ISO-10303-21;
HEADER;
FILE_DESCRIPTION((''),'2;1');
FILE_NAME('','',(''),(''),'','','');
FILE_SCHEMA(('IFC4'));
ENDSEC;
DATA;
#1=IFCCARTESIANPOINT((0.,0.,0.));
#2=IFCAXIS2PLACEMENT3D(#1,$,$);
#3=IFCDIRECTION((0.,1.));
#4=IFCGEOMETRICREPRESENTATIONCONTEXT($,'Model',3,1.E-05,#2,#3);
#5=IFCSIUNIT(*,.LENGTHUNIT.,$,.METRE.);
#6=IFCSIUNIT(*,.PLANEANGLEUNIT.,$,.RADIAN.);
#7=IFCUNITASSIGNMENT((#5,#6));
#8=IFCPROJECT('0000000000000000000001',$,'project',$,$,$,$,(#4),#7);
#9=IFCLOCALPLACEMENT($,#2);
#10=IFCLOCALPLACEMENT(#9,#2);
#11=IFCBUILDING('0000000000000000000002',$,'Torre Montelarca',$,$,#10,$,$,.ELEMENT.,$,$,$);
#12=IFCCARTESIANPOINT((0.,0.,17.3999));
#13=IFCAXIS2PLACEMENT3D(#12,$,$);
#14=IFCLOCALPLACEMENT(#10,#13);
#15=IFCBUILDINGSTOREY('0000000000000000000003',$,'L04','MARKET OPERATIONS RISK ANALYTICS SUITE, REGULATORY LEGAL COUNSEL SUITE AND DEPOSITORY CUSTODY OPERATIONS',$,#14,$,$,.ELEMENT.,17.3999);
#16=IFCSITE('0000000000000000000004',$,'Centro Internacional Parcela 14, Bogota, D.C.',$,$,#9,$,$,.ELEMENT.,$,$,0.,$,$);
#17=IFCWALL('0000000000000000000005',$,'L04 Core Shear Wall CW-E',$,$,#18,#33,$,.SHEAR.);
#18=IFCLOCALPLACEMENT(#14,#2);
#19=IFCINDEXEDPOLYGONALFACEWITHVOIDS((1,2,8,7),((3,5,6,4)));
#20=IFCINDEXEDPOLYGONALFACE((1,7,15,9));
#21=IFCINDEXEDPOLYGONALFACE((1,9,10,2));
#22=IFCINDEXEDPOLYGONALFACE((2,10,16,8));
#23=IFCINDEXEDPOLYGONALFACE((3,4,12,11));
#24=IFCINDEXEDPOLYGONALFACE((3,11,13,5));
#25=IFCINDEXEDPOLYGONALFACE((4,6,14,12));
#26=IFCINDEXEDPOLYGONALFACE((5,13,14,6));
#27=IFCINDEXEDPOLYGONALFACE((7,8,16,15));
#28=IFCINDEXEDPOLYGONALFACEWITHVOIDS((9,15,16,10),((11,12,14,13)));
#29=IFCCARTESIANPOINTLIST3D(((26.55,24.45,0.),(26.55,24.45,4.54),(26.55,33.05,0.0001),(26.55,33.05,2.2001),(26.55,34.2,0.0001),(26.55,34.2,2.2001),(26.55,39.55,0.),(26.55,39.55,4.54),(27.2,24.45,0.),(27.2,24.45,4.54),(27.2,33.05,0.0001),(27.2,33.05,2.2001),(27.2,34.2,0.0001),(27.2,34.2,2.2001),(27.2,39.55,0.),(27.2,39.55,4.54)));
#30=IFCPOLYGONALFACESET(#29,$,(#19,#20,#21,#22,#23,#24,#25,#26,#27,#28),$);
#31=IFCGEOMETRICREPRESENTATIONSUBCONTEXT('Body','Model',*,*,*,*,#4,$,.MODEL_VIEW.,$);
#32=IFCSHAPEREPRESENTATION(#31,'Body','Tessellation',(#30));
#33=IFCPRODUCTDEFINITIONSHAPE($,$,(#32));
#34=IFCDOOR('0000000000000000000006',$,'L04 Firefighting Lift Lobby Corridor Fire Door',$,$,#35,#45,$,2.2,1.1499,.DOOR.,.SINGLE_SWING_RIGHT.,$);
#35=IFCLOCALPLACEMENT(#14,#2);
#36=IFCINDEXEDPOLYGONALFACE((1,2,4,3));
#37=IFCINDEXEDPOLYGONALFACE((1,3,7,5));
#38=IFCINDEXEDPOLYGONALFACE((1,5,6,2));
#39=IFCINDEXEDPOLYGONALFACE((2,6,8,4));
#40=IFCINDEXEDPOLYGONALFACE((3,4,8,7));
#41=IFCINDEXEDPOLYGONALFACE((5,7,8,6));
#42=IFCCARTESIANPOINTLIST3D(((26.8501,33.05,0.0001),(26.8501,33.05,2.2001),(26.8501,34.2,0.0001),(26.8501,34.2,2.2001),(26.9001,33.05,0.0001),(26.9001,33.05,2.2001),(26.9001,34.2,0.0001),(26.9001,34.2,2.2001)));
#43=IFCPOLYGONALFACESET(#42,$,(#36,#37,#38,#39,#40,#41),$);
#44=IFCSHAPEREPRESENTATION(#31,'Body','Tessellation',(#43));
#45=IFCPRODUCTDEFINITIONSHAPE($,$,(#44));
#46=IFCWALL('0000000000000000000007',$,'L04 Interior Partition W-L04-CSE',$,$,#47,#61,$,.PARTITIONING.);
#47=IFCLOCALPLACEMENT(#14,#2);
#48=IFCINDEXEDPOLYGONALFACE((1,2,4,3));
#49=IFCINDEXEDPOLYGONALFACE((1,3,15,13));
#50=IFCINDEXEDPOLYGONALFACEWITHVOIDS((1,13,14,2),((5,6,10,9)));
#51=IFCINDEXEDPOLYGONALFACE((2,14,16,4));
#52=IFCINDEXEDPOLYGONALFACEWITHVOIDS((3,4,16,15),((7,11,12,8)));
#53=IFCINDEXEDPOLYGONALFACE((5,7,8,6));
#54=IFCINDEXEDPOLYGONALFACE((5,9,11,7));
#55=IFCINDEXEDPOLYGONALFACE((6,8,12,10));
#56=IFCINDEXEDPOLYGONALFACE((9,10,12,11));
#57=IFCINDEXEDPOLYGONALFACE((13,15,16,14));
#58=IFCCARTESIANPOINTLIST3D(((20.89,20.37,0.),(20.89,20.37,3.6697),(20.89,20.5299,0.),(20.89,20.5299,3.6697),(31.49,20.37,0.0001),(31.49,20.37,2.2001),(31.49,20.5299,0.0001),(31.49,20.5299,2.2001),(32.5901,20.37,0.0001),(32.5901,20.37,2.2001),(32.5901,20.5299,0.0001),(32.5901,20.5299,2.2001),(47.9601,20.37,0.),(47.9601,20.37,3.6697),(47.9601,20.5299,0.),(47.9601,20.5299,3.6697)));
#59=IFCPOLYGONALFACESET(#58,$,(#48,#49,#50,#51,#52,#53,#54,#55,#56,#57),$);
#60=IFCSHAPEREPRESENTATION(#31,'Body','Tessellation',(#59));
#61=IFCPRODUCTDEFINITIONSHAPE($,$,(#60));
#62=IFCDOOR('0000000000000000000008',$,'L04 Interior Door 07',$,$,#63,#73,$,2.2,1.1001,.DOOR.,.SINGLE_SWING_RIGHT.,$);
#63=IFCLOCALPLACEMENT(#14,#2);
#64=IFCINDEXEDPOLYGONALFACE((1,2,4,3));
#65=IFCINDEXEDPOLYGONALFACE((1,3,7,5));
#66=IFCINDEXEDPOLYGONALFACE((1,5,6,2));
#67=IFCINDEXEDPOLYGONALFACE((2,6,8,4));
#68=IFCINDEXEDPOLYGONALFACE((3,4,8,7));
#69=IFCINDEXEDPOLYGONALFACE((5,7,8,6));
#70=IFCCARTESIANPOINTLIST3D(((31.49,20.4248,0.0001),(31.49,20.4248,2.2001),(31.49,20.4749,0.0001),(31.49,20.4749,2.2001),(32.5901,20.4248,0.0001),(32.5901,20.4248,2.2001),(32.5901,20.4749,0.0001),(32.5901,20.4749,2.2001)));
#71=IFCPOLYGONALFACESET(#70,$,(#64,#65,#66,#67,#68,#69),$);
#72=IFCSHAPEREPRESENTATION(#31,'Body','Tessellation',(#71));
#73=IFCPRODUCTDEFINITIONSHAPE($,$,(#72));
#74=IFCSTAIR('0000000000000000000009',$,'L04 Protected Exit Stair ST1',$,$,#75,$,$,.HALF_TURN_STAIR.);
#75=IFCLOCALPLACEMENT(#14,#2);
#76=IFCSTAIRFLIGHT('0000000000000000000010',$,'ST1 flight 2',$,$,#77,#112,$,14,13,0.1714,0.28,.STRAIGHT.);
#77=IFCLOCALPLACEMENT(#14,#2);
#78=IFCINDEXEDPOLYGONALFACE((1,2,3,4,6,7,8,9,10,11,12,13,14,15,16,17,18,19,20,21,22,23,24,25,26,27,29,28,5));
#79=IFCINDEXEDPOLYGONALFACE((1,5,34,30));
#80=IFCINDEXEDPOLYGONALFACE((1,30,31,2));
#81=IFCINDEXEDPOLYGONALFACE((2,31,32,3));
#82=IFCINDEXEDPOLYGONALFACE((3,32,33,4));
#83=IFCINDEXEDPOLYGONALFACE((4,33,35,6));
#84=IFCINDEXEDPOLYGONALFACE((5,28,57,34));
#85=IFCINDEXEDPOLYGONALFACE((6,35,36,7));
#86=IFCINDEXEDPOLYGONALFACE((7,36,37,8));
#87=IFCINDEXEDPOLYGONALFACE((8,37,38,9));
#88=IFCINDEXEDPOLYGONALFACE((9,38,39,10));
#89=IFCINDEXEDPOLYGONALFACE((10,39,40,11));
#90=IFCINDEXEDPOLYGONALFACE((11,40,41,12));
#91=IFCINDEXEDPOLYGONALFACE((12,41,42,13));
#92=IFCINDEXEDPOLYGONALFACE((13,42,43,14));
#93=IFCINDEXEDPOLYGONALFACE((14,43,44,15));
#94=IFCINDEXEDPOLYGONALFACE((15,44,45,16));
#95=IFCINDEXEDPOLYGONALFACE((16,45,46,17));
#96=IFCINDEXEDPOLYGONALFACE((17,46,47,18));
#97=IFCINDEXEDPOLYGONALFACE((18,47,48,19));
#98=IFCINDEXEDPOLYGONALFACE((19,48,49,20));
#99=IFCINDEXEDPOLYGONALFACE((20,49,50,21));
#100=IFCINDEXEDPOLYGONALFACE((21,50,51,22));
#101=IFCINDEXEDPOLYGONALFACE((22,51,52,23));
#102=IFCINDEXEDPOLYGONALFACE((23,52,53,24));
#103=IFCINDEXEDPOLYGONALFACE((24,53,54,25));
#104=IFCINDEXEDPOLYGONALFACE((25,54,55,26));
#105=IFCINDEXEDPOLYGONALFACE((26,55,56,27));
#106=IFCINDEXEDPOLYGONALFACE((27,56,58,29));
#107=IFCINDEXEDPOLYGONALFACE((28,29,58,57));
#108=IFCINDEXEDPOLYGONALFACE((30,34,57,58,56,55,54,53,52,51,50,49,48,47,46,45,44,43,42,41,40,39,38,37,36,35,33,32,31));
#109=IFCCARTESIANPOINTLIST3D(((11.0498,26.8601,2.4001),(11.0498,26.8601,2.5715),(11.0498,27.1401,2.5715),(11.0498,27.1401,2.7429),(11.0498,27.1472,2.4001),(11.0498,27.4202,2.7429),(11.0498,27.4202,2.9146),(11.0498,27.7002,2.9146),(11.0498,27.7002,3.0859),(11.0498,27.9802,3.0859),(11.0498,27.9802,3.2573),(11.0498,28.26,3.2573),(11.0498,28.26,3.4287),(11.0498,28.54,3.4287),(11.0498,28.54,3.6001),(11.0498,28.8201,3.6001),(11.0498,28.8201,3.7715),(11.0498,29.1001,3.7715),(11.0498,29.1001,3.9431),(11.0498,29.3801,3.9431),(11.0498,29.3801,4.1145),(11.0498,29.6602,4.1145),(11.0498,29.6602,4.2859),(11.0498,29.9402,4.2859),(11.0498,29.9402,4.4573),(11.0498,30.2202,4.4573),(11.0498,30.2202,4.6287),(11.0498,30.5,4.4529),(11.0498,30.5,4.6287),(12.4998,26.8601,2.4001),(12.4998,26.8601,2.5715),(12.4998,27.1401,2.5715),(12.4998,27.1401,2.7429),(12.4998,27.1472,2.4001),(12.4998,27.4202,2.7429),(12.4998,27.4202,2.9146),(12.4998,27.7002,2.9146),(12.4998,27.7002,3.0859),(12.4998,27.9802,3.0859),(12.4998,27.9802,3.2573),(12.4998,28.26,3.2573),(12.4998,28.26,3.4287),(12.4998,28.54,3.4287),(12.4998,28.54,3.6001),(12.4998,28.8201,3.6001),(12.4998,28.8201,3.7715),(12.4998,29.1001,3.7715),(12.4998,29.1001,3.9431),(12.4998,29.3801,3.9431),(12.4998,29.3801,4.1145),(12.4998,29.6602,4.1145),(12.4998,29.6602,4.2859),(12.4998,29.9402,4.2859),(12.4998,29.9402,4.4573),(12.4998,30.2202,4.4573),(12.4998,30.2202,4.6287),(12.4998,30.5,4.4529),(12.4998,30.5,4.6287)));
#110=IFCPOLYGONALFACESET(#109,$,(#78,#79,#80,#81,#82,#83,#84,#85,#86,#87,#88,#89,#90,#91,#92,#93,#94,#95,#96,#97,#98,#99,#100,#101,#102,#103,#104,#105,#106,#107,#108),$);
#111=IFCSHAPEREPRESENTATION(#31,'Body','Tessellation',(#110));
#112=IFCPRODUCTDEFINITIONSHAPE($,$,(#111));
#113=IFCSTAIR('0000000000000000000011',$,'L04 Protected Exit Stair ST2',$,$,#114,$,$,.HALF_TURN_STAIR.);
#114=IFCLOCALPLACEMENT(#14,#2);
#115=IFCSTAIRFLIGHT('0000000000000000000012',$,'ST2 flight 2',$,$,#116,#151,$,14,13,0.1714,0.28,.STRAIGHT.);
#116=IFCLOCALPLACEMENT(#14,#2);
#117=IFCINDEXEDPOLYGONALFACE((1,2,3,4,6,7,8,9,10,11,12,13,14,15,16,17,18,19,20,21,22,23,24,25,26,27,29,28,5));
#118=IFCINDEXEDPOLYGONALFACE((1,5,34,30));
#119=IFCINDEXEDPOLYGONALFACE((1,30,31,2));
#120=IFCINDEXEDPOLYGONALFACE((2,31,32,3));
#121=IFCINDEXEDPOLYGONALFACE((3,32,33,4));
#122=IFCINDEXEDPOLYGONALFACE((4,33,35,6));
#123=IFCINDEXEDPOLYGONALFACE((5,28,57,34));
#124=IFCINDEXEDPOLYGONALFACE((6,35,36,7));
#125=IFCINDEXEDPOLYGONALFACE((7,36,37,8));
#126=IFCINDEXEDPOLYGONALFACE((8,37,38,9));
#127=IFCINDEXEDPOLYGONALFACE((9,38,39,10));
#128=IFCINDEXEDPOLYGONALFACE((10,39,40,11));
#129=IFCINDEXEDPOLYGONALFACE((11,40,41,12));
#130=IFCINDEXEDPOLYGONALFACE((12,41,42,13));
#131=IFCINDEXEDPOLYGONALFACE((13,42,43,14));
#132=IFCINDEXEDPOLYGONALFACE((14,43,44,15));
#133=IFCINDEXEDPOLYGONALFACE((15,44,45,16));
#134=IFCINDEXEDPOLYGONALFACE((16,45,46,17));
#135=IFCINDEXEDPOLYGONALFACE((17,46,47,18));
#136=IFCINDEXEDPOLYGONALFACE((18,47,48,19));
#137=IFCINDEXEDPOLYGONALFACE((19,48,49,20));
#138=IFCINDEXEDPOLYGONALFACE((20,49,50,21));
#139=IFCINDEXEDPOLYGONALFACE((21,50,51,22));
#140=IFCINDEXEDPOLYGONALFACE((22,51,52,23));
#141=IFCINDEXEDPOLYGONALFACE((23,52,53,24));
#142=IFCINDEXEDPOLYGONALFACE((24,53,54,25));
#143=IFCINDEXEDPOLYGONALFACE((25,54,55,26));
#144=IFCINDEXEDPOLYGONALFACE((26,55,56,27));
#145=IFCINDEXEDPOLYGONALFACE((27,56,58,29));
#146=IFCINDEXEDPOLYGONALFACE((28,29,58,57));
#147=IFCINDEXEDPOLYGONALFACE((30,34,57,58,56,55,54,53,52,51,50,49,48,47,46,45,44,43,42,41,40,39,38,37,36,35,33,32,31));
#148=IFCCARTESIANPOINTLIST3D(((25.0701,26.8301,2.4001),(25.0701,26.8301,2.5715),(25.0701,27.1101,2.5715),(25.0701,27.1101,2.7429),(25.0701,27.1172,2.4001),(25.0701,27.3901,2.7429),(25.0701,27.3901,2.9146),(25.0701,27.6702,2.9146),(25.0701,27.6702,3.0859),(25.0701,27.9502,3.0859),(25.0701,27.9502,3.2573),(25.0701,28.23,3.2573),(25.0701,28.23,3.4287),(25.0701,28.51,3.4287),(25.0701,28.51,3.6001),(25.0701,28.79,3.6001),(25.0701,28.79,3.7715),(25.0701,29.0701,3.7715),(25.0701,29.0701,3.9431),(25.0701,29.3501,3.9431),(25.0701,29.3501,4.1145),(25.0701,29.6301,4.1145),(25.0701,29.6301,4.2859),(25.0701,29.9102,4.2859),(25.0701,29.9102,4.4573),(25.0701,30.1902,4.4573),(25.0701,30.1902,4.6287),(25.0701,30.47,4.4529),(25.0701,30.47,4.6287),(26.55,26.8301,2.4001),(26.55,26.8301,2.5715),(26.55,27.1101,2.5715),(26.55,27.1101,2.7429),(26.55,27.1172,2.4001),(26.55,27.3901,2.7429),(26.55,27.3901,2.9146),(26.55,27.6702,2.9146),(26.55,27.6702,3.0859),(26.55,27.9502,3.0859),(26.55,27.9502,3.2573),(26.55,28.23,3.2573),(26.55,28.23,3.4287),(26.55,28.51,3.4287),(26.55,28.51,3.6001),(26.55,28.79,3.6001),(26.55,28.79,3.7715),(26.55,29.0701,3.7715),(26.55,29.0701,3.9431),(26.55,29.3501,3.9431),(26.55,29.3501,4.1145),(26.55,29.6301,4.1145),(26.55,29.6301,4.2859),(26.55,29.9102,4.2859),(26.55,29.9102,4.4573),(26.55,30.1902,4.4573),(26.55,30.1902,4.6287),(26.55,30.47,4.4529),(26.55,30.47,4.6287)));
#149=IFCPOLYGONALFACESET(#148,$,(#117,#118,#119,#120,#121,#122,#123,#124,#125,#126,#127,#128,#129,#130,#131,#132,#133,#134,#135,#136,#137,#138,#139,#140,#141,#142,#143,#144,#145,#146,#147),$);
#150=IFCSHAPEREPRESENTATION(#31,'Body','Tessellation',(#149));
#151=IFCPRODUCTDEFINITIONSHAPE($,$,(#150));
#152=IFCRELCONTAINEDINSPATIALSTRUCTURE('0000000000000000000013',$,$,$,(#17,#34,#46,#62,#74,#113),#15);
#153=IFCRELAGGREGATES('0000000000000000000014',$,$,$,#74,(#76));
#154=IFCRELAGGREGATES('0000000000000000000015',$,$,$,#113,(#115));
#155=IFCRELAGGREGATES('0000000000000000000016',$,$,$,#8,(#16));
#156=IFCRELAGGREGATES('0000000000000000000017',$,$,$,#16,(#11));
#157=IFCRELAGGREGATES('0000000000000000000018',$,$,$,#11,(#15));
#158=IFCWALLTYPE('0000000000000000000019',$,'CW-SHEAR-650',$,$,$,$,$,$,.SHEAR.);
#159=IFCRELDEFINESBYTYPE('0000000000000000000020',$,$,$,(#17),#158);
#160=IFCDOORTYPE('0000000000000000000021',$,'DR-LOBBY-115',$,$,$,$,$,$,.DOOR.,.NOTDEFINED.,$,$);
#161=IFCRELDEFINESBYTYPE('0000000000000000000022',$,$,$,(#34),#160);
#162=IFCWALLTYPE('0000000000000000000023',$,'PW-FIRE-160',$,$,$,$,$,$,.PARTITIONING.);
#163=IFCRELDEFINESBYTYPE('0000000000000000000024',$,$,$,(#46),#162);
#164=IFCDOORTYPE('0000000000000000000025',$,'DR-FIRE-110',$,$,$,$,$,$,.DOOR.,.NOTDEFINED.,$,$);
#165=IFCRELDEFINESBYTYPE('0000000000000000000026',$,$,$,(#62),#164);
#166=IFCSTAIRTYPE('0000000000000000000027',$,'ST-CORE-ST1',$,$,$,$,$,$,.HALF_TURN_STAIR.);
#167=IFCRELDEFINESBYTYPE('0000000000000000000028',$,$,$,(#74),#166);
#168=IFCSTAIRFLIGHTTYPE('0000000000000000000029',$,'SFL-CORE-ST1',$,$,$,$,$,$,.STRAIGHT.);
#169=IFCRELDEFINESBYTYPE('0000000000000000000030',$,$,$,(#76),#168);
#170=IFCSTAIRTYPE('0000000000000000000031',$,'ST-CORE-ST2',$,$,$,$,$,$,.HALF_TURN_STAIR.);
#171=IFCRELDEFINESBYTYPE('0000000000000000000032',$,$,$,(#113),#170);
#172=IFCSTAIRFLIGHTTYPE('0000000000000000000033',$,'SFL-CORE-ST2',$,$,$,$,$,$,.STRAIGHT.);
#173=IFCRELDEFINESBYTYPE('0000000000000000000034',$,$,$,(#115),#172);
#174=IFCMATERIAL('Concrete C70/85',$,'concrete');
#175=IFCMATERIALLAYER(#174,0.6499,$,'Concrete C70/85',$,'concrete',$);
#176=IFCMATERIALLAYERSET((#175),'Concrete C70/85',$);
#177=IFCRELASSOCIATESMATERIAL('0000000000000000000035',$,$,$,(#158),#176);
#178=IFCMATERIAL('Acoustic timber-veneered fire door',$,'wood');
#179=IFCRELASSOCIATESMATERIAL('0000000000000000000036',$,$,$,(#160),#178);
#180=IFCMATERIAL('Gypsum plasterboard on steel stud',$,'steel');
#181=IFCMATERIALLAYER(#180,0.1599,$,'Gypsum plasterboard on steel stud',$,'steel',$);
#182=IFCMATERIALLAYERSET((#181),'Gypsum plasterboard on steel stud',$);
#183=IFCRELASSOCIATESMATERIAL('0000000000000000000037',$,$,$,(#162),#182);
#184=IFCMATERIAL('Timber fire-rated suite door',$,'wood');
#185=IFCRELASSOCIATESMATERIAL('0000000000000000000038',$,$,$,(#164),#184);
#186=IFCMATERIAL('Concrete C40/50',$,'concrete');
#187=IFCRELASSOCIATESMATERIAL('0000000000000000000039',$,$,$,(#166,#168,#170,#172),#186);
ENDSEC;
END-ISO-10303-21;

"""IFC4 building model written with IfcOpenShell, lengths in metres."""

from ifc_helpers import new_model, si_unit, direction, frame, frame_2d, origin, place, context, subcontext, project, spatial, polyline, rectangle, outline, extrude, source, transform, mapped, material, layer, layer_set, type_object, element, fill, aggregate, save


model = new_model("IFC4")

# Units and contexts
model_context = context("Model", 3, precision=1e-05, world=origin(), true_north=direction((0.0, 1.0)))
body_context = subcontext(model_context, "Body", "Model", "MODEL_VIEW")
ifc_project = project(units=[si_unit("LENGTHUNIT", "METRE"), si_unit("PLANEANGLEUNIT", "RADIAN")], contexts=[model_context])

# Site, building, storey
site_placement = place(None, origin())
site = spatial("IfcSite", under=ifc_project, at=site_placement, Name="Centro Internacional Parcela 14, Bogota, D.C.", CompositionType="ELEMENT", RefElevation=0.0)
building_placement = place(site_placement, origin())
building = spatial("IfcBuilding", under=site, at=building_placement, Name="Torre Montelarca", CompositionType="ELEMENT")
storey_placement = place(building_placement, frame((0.0, 0.0, 17.3999)))
storey = spatial("IfcBuildingStorey", under=building, at=storey_placement, Name="L04", Description="MARKET OPERATIONS RISK ANALYTICS SUITE, REGULATORY LEGAL COUNSEL SUITE AND DEPOSITORY CUSTODY OPERATIONS", CompositionType="ELEMENT", Elevation=17.3999)

# Shared definitions
ifc_material_1 = material(Name="Concrete C70/85", Category="concrete")

# Shared definitions
ifc_material_2 = material(Name="Concrete C40/50", Category="concrete")

# Walls, openings, doors
ifc_layer_1 = layer(ifc_material_1, 0.6499, Name="Concrete C70/85", Category="concrete")
ifc_layer_set_1 = layer_set([ifc_layer_1], Name="Concrete C70/85")
wall_type_1 = type_object("IfcWallType", Name="CW-SHEAR-650", PredefinedType="SHEAR", material=ifc_layer_set_1)
wall_1_placement = place(storey_placement, frame((26.875, 24.45, 0.0), z_axis=(0.0, 0.0, 1.0), x_axis=(0.0, 1.0, 0.0)))
wall_1 = element("IfcWall", 1, at=wall_1_placement, inside=storey, type_object=wall_type_1, Name="L04 Core Shear Wall CW-E", PredefinedType="SHEAR", context=body_context, shape_type="SweptSolid", body=[
    extrude(rectangle(XDim=15.1001, YDim=0.6499, at=frame_2d((7.55, 0.0))), origin(), (0.0, 0.0, 1.0), 4.54),
])
opening_1_placement = place(wall_1_placement, frame((8.6001, 0.0, 0.0)))
opening_1 = element("IfcOpeningElement", 2, at=opening_1_placement, cuts=wall_1, PredefinedType="OPENING", context=body_context, shape_type="SweptSolid", body=[
    extrude(rectangle(XDim=1.1499, YDim=2.2, at=frame_2d((0.575, 1.1001))), frame((0.0, 0.335, 0.0), z_axis=(0.0, -1.0, 0.0), x_axis=(1.0, 0.0, 0.0)), (0.0, 0.0, 1.0), 0.6699),
])
ifc_material_3 = material(Name="Acoustic timber-veneered fire door", Category="wood")
door_type_1 = type_object("IfcDoorType", Name="DR-LOBBY-115", OperationType="NOTDEFINED", PredefinedType="DOOR", material=ifc_material_3)
shared_shape_1 = source(origin(), body_context, "Body", "SweptSolid", [
    extrude(rectangle(XDim=1.1499, YDim=2.2, at=frame_2d((0.575, 1.1001))), frame((0.0, 0.0249, 0.0), z_axis=(0.0, -1.0, 0.0), x_axis=(1.0, 0.0, 0.0)), (0.0, 0.0, 1.0), 0.05),
])
door_1_placement = place(opening_1_placement, origin())
door_1 = element("IfcDoor", 3, at=door_1_placement, inside=storey, type_object=door_type_1, Name="L04 Firefighting Lift Lobby Corridor Fire Door", OperationType="SINGLE_SWING_RIGHT", OverallHeight=2.2, OverallWidth=1.1499, PredefinedType="DOOR", context=body_context, shape_type="MappedRepresentation", body=[
    mapped(shared_shape_1, transform((0.0, 0.0, 0.0), scale=1.0)),
])
fill(opening_1, door_1)
ifc_material_4 = material(Name="Gypsum plasterboard on steel stud", Category="steel")
ifc_layer_2 = layer(ifc_material_4, 0.1599, Name="Gypsum plasterboard on steel stud", Category="steel")
ifc_layer_set_2 = layer_set([ifc_layer_2], Name="Gypsum plasterboard on steel stud")
wall_type_2 = type_object("IfcWallType", Name="PW-FIRE-160", PredefinedType="PARTITIONING", material=ifc_layer_set_2)
wall_2_placement = place(storey_placement, frame((20.8899, 20.45, 0.0), z_axis=(0.0, 0.0, 1.0), x_axis=(1.0, 0.0, 0.0)))
wall_2 = element("IfcWall", 4, at=wall_2_placement, inside=storey, type_object=wall_type_2, Name="L04 Interior Partition W-L04-CSE", PredefinedType="PARTITIONING", context=body_context, shape_type="SweptSolid", body=[
    extrude(rectangle(XDim=27.0701, YDim=0.1599, at=frame_2d((13.5352, 0.0))), origin(), (0.0, 0.0, 1.0), 3.6697),
])
opening_2_placement = place(wall_2_placement, frame((10.6001, 0.0, 0.0)))
opening_2 = element("IfcOpeningElement", 5, at=opening_2_placement, cuts=wall_2, PredefinedType="OPENING", context=body_context, shape_type="SweptSolid", body=[
    extrude(rectangle(XDim=1.1001, YDim=2.2, at=frame_2d((0.55, 1.1001))), frame((0.0, 0.0898, 0.0), z_axis=(0.0, -1.0, 0.0), x_axis=(1.0, 0.0, 0.0)), (0.0, 0.0, 1.0), 0.1799),
])
ifc_material_5 = material(Name="Timber fire-rated suite door", Category="wood")
door_type_2 = type_object("IfcDoorType", Name="DR-FIRE-110", OperationType="NOTDEFINED", PredefinedType="DOOR", material=ifc_material_5)
shared_shape_2 = source(origin(), body_context, "Body", "SweptSolid", [
    extrude(rectangle(XDim=1.1001, YDim=2.2, at=frame_2d((0.55, 1.1001))), frame((0.0, 0.0249, 0.0), z_axis=(0.0, -1.0, 0.0), x_axis=(1.0, 0.0, 0.0)), (0.0, 0.0, 1.0), 0.05),
])
door_2_placement = place(opening_2_placement, origin())
door_2 = element("IfcDoor", 6, at=door_2_placement, inside=storey, type_object=door_type_2, Name="L04 Interior Door 07", OperationType="SINGLE_SWING_RIGHT", OverallHeight=2.2, OverallWidth=1.1001, PredefinedType="DOOR", context=body_context, shape_type="MappedRepresentation", body=[
    mapped(shared_shape_2, transform((0.0, 0.0, 0.0), scale=1.0)),
])
fill(opening_2, door_2)

# Stairs, stair flights
stair_type_1 = type_object("IfcStairType", Name="ST-CORE-ST1", PredefinedType="HALF_TURN_STAIR", material=ifc_material_2)
stair_1_placement = place(storey_placement, origin())
stair_1 = element("IfcStair", 7, at=stair_1_placement, inside=storey, type_object=stair_type_1, Name="L04 Protected Exit Stair ST1", PredefinedType="HALF_TURN_STAIR")
stair_flight_type_1 = type_object("IfcStairFlightType", Name="SFL-CORE-ST1", PredefinedType="STRAIGHT", material=ifc_material_2)
stair_flight_1_placement = place(storey_placement, frame((11.7749, 26.8601, 2.4001), z_axis=(0.0, 0.0, 1.0), x_axis=(0.0, 1.0, 0.0)))
stair_flight_1 = element("IfcStairFlight", 8, at=stair_flight_1_placement, type_object=stair_flight_type_1, Name="ST1 flight 2", NumberOfRisers=14, NumberOfTreads=13, PredefinedType="STRAIGHT", RiserHeight=0.1714, TreadLength=0.28, context=body_context, shape_type="SweptSolid", body=[
    extrude(outline(polyline([(0.0, 0.0), (0.0, 0.1714), (0.28, 0.1714), (0.28, 0.3428), (0.5601, 0.3428), (0.5601, 0.5144), (0.8401, 0.5144), (0.8401, 0.6858), (1.1201, 0.6858), (1.1201, 0.8572), (1.3999, 0.8572), (1.3999, 1.0286), (1.6799, 1.0286), (1.6799, 1.2), (1.96, 1.2), (1.96, 1.3713), (2.24, 1.3713), (2.24, 1.543), (2.52, 1.543), (2.52, 1.7144), (2.8, 1.7144), (2.8, 1.8857), (3.0801, 1.8857), (3.0801, 2.0571), (3.3601, 2.0571), (3.3601, 2.2285), (3.6399, 2.2285), (3.6399, 2.3999), (3.6399, 2.0527), (0.2871, 0.0), (0.0, 0.0)])), frame((0.0, 0.7251, 0.0), z_axis=(0.0, -1.0, 0.0), x_axis=(1.0, 0.0, 0.0)), (0.0, 0.0, 1.0), 1.45),
])
aggregate(stair_1, [stair_flight_1])
stair_type_2 = type_object("IfcStairType", Name="ST-CORE-ST2", PredefinedType="HALF_TURN_STAIR", material=ifc_material_2)
stair_2_placement = place(storey_placement, origin())
stair_2 = element("IfcStair", 9, at=stair_2_placement, inside=storey, type_object=stair_type_2, Name="L04 Protected Exit Stair ST2", PredefinedType="HALF_TURN_STAIR")
stair_flight_type_2 = type_object("IfcStairFlightType", Name="SFL-CORE-ST2", PredefinedType="STRAIGHT", material=ifc_material_2)
stair_flight_2_placement = place(storey_placement, frame((25.8101, 26.8301, 2.4001), z_axis=(0.0, 0.0, 1.0), x_axis=(0.0, 1.0, 0.0)))
stair_flight_2 = element("IfcStairFlight", 10, at=stair_flight_2_placement, type_object=stair_flight_type_2, Name="ST2 flight 2", NumberOfRisers=14, NumberOfTreads=13, PredefinedType="STRAIGHT", RiserHeight=0.1714, TreadLength=0.28, context=body_context, shape_type="SweptSolid", body=[
    extrude(outline(polyline([(0.0, 0.0), (0.0, 0.1714), (0.28, 0.1714), (0.28, 0.3428), (0.5601, 0.3428), (0.5601, 0.5144), (0.8401, 0.5144), (0.8401, 0.6858), (1.1201, 0.6858), (1.1201, 0.8572), (1.3999, 0.8572), (1.3999, 1.0286), (1.6799, 1.0286), (1.6799, 1.2), (1.96, 1.2), (1.96, 1.3713), (2.24, 1.3713), (2.24, 1.543), (2.52, 1.543), (2.52, 1.7144), (2.8, 1.7144), (2.8, 1.8857), (3.0801, 1.8857), (3.0801, 2.0571), (3.3601, 2.0571), (3.3601, 2.2285), (3.6399, 2.2285), (3.6399, 2.3999), (3.6399, 2.0527), (0.2871, 0.0), (0.0, 0.0)])), frame((0.0, 0.74, 0.0), z_axis=(0.0, -1.0, 0.0), x_axis=(1.0, 0.0, 0.0)), (0.0, 0.0, 1.0), 1.48),
])
aggregate(stair_2, [stair_flight_2])

save(model, "model.ifc")
